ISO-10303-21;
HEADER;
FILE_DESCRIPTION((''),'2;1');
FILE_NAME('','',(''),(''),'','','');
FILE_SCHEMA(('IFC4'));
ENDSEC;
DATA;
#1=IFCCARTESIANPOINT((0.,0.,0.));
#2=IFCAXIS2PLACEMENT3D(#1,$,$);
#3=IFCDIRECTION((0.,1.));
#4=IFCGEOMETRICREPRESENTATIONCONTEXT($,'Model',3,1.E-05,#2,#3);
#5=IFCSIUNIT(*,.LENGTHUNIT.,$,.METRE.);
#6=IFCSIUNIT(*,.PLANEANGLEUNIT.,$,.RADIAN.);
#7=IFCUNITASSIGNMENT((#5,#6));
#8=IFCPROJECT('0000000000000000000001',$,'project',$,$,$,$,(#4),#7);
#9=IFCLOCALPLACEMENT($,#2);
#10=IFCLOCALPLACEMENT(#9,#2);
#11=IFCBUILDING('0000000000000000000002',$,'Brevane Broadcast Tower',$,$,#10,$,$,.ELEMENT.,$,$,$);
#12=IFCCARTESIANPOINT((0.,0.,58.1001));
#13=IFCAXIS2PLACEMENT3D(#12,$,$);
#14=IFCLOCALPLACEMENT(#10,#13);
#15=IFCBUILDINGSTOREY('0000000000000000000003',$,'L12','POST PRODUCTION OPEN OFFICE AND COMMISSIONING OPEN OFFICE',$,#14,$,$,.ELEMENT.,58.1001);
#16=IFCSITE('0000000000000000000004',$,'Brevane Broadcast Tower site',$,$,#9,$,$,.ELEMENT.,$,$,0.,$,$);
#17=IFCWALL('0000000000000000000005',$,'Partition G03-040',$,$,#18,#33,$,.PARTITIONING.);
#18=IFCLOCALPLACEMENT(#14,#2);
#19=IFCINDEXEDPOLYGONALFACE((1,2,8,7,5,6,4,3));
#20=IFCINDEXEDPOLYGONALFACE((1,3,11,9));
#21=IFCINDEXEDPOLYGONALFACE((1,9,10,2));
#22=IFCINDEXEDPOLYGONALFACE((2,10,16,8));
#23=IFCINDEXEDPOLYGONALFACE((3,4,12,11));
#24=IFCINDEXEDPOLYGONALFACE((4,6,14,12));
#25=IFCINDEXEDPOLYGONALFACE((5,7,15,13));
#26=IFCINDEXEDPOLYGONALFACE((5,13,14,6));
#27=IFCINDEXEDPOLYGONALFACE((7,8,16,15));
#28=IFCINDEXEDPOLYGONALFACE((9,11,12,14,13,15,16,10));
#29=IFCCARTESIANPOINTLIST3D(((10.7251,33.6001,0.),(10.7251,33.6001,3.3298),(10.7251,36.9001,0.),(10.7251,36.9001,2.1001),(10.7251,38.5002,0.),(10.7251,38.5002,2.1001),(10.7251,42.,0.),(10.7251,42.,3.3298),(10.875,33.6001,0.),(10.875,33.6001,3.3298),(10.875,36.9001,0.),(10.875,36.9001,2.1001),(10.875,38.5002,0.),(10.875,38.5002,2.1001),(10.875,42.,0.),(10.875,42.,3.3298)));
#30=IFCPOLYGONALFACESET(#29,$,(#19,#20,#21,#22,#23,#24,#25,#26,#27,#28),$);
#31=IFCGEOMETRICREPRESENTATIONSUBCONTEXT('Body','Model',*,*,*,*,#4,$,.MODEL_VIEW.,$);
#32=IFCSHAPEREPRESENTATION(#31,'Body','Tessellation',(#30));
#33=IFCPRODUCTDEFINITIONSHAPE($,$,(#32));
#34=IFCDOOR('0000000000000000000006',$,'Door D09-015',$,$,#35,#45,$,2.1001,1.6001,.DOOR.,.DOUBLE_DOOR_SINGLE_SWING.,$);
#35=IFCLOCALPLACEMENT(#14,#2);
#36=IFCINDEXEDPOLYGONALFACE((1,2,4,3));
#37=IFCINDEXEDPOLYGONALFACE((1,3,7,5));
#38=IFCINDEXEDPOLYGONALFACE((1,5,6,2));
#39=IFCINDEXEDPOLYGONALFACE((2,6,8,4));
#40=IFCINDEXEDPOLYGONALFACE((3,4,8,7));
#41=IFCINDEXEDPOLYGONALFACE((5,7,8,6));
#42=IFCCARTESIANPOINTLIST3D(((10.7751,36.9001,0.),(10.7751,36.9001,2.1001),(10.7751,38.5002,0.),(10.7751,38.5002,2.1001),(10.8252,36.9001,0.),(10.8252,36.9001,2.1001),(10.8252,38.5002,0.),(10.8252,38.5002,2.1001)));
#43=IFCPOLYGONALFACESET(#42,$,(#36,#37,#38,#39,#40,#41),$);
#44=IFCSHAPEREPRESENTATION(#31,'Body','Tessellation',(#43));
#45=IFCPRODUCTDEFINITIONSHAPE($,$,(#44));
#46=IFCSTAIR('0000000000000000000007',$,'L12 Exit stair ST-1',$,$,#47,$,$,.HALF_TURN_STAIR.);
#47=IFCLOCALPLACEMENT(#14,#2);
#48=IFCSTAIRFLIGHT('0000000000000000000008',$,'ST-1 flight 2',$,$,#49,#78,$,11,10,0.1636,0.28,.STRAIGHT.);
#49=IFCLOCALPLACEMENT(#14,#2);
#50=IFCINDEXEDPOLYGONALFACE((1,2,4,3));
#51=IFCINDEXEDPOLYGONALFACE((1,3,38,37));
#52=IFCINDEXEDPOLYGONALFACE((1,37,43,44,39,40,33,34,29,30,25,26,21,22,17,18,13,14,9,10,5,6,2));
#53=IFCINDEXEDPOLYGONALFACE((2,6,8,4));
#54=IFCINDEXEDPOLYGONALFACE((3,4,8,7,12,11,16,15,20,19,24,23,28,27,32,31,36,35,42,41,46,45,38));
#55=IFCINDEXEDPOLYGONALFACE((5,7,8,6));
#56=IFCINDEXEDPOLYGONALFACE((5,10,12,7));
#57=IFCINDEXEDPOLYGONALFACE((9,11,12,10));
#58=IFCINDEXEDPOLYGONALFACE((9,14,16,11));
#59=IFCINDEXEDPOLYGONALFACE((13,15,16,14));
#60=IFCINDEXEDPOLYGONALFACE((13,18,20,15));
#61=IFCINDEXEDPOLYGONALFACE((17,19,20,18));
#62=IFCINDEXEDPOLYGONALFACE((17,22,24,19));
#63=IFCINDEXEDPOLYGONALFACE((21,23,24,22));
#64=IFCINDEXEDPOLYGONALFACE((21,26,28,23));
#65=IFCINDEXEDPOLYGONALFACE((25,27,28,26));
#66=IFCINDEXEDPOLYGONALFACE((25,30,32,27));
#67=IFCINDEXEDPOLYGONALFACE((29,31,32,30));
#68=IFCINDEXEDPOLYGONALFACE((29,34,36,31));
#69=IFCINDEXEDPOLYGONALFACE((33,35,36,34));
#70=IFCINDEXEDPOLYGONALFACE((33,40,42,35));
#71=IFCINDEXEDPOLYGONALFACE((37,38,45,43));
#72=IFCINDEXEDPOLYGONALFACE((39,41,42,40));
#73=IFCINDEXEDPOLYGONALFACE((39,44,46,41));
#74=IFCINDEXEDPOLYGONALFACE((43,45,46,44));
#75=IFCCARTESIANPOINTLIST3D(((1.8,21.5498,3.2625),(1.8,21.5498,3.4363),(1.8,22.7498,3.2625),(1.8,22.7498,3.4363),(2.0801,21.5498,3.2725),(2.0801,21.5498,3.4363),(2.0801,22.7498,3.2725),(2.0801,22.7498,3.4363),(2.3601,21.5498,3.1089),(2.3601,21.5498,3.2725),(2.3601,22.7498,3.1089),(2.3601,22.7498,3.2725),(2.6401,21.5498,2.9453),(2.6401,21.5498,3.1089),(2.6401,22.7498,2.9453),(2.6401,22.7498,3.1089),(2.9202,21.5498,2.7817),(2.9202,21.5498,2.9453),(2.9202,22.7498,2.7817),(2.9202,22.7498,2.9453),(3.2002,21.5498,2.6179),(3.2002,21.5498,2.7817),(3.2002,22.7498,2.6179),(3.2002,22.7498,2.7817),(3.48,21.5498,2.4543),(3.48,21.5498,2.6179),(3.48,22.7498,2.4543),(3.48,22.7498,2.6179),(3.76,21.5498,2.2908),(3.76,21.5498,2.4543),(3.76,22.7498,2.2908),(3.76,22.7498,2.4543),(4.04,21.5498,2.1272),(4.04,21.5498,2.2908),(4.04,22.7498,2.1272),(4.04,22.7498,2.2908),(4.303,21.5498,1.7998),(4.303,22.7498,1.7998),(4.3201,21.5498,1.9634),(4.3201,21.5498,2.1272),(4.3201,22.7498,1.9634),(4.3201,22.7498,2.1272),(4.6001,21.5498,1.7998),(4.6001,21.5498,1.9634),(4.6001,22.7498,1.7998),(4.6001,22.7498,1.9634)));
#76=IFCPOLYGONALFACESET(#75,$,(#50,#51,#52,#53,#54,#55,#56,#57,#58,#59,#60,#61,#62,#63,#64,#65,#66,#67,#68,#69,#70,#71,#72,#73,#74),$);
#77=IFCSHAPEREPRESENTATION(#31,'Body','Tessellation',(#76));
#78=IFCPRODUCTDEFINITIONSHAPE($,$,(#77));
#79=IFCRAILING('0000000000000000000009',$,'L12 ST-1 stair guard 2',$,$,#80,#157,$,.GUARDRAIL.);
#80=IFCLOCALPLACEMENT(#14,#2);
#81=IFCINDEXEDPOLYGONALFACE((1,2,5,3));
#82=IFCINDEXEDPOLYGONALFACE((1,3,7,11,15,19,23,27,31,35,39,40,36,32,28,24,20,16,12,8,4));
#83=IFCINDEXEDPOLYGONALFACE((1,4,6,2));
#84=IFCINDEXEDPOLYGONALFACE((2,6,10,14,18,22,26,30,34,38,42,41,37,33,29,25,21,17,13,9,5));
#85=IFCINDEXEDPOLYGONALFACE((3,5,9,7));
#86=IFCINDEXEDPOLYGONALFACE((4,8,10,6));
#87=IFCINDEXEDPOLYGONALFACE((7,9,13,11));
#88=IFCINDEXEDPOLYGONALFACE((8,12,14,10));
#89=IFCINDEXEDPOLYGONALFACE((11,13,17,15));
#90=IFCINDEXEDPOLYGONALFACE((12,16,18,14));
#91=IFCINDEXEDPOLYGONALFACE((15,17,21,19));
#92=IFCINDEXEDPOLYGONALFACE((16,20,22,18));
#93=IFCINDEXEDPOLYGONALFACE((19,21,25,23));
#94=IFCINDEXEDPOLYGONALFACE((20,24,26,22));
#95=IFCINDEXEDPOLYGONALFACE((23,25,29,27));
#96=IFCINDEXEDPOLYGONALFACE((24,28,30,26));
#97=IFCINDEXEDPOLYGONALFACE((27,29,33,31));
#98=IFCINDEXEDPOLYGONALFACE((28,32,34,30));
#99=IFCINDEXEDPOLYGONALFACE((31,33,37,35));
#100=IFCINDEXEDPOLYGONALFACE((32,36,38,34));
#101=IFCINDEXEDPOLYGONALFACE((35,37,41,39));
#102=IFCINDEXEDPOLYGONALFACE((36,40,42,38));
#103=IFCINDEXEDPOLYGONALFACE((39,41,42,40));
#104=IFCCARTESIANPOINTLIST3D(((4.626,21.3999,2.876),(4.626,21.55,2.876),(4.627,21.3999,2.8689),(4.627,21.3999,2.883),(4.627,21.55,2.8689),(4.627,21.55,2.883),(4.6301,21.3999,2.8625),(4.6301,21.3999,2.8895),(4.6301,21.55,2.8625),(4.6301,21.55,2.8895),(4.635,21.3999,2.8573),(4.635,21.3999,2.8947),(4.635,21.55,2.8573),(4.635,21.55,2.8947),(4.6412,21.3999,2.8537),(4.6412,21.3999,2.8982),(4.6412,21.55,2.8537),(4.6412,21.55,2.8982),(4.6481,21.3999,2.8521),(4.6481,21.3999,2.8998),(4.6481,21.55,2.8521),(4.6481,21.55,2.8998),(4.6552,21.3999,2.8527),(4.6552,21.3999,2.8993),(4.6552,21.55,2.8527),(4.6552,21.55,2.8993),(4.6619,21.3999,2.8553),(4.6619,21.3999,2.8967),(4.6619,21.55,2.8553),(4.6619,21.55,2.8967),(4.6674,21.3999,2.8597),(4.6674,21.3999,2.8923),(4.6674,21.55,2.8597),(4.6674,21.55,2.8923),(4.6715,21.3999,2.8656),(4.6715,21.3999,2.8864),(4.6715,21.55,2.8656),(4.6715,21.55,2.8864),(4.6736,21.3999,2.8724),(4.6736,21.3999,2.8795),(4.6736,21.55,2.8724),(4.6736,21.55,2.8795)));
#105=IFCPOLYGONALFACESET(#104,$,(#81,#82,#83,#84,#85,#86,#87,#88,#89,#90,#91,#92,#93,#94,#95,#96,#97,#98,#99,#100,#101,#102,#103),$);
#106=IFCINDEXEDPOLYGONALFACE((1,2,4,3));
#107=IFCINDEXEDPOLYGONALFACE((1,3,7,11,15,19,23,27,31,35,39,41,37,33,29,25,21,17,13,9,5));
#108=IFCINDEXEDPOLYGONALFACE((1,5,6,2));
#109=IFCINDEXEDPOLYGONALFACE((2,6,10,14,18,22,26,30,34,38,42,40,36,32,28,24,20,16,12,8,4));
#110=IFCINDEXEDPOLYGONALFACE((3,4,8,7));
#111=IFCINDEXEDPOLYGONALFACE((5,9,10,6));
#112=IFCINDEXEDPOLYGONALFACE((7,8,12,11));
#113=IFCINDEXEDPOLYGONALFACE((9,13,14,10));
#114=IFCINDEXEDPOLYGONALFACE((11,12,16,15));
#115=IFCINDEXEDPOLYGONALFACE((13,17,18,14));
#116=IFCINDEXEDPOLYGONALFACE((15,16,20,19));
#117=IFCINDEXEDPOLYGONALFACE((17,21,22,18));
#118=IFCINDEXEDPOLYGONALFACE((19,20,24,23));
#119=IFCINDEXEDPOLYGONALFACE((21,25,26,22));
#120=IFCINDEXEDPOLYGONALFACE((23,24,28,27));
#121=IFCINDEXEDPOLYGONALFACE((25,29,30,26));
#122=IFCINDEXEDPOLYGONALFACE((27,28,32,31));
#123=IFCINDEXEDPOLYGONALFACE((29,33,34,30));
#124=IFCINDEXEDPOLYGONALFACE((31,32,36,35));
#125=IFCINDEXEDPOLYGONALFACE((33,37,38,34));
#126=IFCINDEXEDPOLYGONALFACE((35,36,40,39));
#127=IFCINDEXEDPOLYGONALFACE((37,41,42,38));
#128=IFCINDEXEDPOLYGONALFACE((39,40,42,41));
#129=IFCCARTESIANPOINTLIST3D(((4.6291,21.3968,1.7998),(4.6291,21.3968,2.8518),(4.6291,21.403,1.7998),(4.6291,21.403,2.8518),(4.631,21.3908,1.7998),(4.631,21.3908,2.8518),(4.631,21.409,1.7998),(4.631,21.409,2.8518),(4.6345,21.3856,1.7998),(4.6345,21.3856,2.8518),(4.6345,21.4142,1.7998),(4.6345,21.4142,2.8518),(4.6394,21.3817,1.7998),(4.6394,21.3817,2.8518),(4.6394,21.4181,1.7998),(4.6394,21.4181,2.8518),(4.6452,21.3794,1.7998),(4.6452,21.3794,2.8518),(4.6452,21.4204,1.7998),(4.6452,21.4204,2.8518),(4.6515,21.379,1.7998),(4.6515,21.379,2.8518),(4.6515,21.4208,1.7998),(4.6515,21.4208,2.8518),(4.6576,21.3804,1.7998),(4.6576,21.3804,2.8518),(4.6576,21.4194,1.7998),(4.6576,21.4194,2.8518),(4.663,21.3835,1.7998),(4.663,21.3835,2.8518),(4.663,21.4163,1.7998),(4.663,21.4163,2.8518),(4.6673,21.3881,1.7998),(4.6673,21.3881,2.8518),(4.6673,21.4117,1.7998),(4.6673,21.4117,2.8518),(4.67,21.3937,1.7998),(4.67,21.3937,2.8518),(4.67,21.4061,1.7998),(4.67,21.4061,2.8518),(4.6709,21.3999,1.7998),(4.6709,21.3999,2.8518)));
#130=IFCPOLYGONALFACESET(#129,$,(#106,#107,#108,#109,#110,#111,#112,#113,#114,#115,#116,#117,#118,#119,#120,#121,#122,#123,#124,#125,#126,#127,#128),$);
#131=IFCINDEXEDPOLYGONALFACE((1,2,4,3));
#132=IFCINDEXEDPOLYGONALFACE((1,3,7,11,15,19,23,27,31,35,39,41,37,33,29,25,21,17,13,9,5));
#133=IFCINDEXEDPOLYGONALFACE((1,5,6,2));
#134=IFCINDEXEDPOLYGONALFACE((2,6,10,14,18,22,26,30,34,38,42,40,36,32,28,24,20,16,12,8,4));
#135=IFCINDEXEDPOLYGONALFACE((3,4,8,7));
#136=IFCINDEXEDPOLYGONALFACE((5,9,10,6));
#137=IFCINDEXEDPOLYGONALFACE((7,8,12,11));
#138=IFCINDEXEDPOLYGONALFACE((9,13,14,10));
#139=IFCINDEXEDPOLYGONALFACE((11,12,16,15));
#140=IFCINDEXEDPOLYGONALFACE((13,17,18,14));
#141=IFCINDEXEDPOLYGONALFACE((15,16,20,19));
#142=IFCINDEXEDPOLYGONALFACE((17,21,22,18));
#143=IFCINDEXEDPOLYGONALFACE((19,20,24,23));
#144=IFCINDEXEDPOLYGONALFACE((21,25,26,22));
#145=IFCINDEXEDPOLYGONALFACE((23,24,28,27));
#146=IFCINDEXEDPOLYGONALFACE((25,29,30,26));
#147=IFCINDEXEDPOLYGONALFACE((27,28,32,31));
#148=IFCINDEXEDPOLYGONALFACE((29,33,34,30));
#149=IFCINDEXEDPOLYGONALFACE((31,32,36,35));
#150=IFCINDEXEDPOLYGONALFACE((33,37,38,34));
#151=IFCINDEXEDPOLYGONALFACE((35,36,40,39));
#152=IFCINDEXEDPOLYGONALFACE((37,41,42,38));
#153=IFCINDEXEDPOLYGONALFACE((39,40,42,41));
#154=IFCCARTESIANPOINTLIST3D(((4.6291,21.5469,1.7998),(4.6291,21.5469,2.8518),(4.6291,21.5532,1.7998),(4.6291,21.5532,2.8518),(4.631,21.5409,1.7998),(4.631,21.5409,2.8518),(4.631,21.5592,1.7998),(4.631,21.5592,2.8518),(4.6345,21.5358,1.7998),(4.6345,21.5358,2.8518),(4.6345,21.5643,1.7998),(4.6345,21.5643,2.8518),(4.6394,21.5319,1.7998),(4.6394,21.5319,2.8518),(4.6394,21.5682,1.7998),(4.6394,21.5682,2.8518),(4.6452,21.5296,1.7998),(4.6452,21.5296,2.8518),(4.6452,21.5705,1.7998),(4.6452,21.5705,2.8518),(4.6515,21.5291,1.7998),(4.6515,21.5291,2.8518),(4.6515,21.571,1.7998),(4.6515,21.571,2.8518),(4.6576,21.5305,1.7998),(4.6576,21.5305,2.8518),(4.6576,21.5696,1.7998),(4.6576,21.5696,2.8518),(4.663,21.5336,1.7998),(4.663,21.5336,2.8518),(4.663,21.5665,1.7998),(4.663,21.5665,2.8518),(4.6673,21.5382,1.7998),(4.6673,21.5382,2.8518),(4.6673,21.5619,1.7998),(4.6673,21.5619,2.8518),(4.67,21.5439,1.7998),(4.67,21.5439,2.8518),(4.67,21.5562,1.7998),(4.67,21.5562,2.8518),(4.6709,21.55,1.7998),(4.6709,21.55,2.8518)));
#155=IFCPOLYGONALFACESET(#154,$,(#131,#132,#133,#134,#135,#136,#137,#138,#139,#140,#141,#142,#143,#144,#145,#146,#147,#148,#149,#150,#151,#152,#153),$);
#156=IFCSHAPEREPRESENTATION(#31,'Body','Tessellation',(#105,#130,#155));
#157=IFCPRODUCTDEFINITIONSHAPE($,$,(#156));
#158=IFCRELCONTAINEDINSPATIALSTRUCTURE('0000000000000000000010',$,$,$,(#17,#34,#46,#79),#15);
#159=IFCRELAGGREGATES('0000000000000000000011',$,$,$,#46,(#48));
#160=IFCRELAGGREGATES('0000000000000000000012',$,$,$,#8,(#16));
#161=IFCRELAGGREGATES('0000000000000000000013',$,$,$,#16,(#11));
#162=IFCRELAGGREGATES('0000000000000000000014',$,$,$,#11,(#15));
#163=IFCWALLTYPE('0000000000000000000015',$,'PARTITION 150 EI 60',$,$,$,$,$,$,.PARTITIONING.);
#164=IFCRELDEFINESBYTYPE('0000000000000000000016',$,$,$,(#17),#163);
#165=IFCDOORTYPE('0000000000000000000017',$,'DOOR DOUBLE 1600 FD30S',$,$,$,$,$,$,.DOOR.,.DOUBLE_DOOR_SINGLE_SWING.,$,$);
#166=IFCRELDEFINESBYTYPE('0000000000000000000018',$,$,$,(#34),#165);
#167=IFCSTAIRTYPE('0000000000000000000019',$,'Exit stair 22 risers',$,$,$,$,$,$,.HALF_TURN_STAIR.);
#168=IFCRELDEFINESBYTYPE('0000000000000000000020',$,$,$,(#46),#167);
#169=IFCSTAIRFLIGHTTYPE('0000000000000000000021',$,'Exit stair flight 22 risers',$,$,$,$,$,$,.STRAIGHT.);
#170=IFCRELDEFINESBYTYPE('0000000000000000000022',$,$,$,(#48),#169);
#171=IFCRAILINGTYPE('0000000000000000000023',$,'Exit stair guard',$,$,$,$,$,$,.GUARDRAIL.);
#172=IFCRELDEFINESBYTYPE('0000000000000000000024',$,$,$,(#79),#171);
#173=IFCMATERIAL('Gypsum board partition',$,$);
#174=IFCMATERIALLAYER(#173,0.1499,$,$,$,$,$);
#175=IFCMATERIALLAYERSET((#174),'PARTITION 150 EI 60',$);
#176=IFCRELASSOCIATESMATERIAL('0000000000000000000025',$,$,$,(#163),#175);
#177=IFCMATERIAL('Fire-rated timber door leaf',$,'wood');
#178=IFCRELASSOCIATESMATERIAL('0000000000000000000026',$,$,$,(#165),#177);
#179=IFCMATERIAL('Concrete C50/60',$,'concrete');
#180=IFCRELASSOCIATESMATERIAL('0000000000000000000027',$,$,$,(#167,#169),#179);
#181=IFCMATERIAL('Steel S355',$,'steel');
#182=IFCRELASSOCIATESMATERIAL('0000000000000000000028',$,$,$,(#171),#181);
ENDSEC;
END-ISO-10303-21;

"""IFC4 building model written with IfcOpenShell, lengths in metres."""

from ifc_helpers import new_model, si_unit, direction, frame, frame_2d, origin, origin_2d, place, context, subcontext, project, spatial, polyline, rectangle, circle, outline, extrude, material, layer, layer_set, type_object, element, fill, aggregate, save


model = new_model("IFC4")

# Units and contexts
model_context = context("Model", 3, precision=1e-05, world=origin(), true_north=direction((0.0, 1.0)))
body_context = subcontext(model_context, "Body", "Model", "MODEL_VIEW")
ifc_project = project(units=[si_unit("LENGTHUNIT", "METRE"), si_unit("PLANEANGLEUNIT", "RADIAN")], contexts=[model_context])

# Site, building, storey
site_placement = place(None, origin())
site = spatial("IfcSite", under=ifc_project, at=site_placement, Name="Brevane Broadcast Tower site", CompositionType="ELEMENT", RefElevation=0.0)
building_placement = place(site_placement, origin())
building = spatial("IfcBuilding", under=site, at=building_placement, Name="Brevane Broadcast Tower", CompositionType="ELEMENT")
storey_placement = place(building_placement, frame((0.0, 0.0, 58.1001)))
storey = spatial("IfcBuildingStorey", under=building, at=storey_placement, Name="L12", Description="POST PRODUCTION OPEN OFFICE AND COMMISSIONING OPEN OFFICE", CompositionType="ELEMENT", Elevation=58.1001)

# Shared definitions
ifc_material_1 = material(Name="Gypsum board partition")

# Shared definitions
ifc_layer_1 = layer(ifc_material_1, 0.1499)
ifc_layer_set_1 = layer_set([ifc_layer_1], Name="PARTITION 150 EI 60")
wall_type_1 = type_object("IfcWallType", Name="PARTITION 150 EI 60", PredefinedType="PARTITIONING", material=ifc_layer_set_1)
ifc_material_2 = material(Name="Fire-rated timber door leaf", Category="wood")
door_type_1 = type_object("IfcDoorType", Name="DOOR DOUBLE 1600 FD30S", OperationType="DOUBLE_DOOR_SINGLE_SWING", PredefinedType="DOOR", material=ifc_material_2)

# Wall, opening, door
wall_1_placement = place(storey_placement, frame((10.8, 33.6001, 0.0), z_axis=(0.0, 0.0, 1.0), x_axis=(0.0, 1.0, 0.0)))
wall_1 = element("IfcWall", 1, at=wall_1_placement, inside=storey, type_object=wall_type_1, Name="Partition G03-040", PredefinedType="PARTITIONING", context=body_context, shape_type="SweptSolid", body=[
    extrude(rectangle(XDim=8.3999, YDim=0.1499, at=frame_2d((4.2, 0.0))), origin(), (0.0, 0.0, 1.0), 3.3298),
])
opening_1_placement = place(wall_1_placement, frame((3.3, 0.0, 0.0)))
opening_1 = element("IfcOpeningElement", 2, at=opening_1_placement, cuts=wall_1, PredefinedType="OPENING", context=body_context, shape_type="SweptSolid", body=[
    extrude(rectangle(XDim=1.6001, YDim=2.1001, at=frame_2d((0.8, 1.05))), frame((0.0, 0.085, 0.0), z_axis=(0.0, -1.0, 0.0), x_axis=(1.0, 0.0, 0.0)), (0.0, 0.0, 1.0), 0.1699),
])
door_1_placement = place(opening_1_placement, origin())
door_1 = element("IfcDoor", 3, at=door_1_placement, inside=storey, type_object=door_type_1, Name="Door D09-015", OperationType="DOUBLE_DOOR_SINGLE_SWING", OverallHeight=2.1001, OverallWidth=1.6001, PredefinedType="DOOR", context=body_context, shape_type="SweptSolid", body=[
    extrude(rectangle(XDim=1.6001, YDim=2.1001, at=frame_2d((0.8, 1.05))), frame((0.0, 0.0249, 0.0), z_axis=(0.0, -1.0, 0.0), x_axis=(1.0, 0.0, 0.0)), (0.0, 0.0, 1.0), 0.05),
])
fill(opening_1, door_1)

# Stair, stair flight
ifc_material_3 = material(Name="Concrete C50/60", Category="concrete")
stair_type = type_object("IfcStairType", Name="Exit stair 22 risers", PredefinedType="HALF_TURN_STAIR", material=ifc_material_3)
stair_placement = place(storey_placement, origin())
stair = element("IfcStair", 4, at=stair_placement, inside=storey, type_object=stair_type, Name="L12 Exit stair ST-1", PredefinedType="HALF_TURN_STAIR")
stair_flight_type = type_object("IfcStairFlightType", Name="Exit stair flight 22 risers", PredefinedType="STRAIGHT", material=ifc_material_3)
stair_flight_placement = place(storey_placement, frame((4.6001, 22.1499, 1.7998), z_axis=(0.0, 0.0, 1.0), x_axis=(-1.0, 0.0, 0.0)))
stair_flight = element("IfcStairFlight", 5, at=stair_flight_placement, type_object=stair_flight_type, Name="ST-1 flight 2", NumberOfRisers=11, NumberOfTreads=10, PredefinedType="STRAIGHT", RiserHeight=0.1636, TreadLength=0.28, context=body_context, shape_type="SweptSolid", body=[
    extrude(outline(polyline([(0.0, 0.0), (0.0, 0.1636), (0.28, 0.1636), (0.28, 0.3274), (0.5601, 0.3274), (0.5601, 0.491), (0.8401, 0.491), (0.8401, 0.6545), (1.1201, 0.6545), (1.1201, 0.8181), (1.3999, 0.8181), (1.3999, 0.9819), (1.6799, 0.9819), (1.6799, 1.1455), (1.96, 1.1455), (1.96, 1.3091), (2.24, 1.3091), (2.24, 1.4727), (2.52, 1.4727), (2.52, 1.6365), (2.8, 1.6365), (2.8, 1.8), (2.8, 1.4626), (0.2971, 0.0), (0.0, 0.0)])), frame((0.0, 0.6001, 0.0), z_axis=(0.0, -1.0, 0.0), x_axis=(1.0, 0.0, 0.0)), (0.0, 0.0, 1.0), 1.2),
])
aggregate(stair, [stair_flight])

# Railing
ifc_material_4 = material(Name="Steel S355", Category="steel")
railing_type_1 = type_object("IfcRailingType", Name="Exit stair guard", PredefinedType="GUARDRAIL", material=ifc_material_4)
railing_1_placement = place(storey_placement, frame((4.6499, 21.3999, 1.7998)))
element("IfcRailing", 6, at=railing_1_placement, inside=storey, type_object=railing_type_1, Name="L12 ST-1 stair guard 2", PredefinedType="GUARDRAIL", context=body_context, shape_type="SweptSolid", body=[
    extrude(circle(Radius=0.0239, at=origin_2d()), frame((0.0, 0.0, 1.0762), z_axis=(0.0, 1.0, 0.0), x_axis=(-1.0, 0.0, 0.0)), (0.0, 0.0, 1.0), 0.1501),
    extrude(circle(Radius=0.021, at=origin_2d()), origin(), (0.0, 0.0, 1.0), 1.052),
    extrude(circle(Radius=0.021, at=origin_2d()), frame((0.0, 0.1501, 0.0)), (0.0, 0.0, 1.0), 1.052),
])

save(model, "model.ifc")
